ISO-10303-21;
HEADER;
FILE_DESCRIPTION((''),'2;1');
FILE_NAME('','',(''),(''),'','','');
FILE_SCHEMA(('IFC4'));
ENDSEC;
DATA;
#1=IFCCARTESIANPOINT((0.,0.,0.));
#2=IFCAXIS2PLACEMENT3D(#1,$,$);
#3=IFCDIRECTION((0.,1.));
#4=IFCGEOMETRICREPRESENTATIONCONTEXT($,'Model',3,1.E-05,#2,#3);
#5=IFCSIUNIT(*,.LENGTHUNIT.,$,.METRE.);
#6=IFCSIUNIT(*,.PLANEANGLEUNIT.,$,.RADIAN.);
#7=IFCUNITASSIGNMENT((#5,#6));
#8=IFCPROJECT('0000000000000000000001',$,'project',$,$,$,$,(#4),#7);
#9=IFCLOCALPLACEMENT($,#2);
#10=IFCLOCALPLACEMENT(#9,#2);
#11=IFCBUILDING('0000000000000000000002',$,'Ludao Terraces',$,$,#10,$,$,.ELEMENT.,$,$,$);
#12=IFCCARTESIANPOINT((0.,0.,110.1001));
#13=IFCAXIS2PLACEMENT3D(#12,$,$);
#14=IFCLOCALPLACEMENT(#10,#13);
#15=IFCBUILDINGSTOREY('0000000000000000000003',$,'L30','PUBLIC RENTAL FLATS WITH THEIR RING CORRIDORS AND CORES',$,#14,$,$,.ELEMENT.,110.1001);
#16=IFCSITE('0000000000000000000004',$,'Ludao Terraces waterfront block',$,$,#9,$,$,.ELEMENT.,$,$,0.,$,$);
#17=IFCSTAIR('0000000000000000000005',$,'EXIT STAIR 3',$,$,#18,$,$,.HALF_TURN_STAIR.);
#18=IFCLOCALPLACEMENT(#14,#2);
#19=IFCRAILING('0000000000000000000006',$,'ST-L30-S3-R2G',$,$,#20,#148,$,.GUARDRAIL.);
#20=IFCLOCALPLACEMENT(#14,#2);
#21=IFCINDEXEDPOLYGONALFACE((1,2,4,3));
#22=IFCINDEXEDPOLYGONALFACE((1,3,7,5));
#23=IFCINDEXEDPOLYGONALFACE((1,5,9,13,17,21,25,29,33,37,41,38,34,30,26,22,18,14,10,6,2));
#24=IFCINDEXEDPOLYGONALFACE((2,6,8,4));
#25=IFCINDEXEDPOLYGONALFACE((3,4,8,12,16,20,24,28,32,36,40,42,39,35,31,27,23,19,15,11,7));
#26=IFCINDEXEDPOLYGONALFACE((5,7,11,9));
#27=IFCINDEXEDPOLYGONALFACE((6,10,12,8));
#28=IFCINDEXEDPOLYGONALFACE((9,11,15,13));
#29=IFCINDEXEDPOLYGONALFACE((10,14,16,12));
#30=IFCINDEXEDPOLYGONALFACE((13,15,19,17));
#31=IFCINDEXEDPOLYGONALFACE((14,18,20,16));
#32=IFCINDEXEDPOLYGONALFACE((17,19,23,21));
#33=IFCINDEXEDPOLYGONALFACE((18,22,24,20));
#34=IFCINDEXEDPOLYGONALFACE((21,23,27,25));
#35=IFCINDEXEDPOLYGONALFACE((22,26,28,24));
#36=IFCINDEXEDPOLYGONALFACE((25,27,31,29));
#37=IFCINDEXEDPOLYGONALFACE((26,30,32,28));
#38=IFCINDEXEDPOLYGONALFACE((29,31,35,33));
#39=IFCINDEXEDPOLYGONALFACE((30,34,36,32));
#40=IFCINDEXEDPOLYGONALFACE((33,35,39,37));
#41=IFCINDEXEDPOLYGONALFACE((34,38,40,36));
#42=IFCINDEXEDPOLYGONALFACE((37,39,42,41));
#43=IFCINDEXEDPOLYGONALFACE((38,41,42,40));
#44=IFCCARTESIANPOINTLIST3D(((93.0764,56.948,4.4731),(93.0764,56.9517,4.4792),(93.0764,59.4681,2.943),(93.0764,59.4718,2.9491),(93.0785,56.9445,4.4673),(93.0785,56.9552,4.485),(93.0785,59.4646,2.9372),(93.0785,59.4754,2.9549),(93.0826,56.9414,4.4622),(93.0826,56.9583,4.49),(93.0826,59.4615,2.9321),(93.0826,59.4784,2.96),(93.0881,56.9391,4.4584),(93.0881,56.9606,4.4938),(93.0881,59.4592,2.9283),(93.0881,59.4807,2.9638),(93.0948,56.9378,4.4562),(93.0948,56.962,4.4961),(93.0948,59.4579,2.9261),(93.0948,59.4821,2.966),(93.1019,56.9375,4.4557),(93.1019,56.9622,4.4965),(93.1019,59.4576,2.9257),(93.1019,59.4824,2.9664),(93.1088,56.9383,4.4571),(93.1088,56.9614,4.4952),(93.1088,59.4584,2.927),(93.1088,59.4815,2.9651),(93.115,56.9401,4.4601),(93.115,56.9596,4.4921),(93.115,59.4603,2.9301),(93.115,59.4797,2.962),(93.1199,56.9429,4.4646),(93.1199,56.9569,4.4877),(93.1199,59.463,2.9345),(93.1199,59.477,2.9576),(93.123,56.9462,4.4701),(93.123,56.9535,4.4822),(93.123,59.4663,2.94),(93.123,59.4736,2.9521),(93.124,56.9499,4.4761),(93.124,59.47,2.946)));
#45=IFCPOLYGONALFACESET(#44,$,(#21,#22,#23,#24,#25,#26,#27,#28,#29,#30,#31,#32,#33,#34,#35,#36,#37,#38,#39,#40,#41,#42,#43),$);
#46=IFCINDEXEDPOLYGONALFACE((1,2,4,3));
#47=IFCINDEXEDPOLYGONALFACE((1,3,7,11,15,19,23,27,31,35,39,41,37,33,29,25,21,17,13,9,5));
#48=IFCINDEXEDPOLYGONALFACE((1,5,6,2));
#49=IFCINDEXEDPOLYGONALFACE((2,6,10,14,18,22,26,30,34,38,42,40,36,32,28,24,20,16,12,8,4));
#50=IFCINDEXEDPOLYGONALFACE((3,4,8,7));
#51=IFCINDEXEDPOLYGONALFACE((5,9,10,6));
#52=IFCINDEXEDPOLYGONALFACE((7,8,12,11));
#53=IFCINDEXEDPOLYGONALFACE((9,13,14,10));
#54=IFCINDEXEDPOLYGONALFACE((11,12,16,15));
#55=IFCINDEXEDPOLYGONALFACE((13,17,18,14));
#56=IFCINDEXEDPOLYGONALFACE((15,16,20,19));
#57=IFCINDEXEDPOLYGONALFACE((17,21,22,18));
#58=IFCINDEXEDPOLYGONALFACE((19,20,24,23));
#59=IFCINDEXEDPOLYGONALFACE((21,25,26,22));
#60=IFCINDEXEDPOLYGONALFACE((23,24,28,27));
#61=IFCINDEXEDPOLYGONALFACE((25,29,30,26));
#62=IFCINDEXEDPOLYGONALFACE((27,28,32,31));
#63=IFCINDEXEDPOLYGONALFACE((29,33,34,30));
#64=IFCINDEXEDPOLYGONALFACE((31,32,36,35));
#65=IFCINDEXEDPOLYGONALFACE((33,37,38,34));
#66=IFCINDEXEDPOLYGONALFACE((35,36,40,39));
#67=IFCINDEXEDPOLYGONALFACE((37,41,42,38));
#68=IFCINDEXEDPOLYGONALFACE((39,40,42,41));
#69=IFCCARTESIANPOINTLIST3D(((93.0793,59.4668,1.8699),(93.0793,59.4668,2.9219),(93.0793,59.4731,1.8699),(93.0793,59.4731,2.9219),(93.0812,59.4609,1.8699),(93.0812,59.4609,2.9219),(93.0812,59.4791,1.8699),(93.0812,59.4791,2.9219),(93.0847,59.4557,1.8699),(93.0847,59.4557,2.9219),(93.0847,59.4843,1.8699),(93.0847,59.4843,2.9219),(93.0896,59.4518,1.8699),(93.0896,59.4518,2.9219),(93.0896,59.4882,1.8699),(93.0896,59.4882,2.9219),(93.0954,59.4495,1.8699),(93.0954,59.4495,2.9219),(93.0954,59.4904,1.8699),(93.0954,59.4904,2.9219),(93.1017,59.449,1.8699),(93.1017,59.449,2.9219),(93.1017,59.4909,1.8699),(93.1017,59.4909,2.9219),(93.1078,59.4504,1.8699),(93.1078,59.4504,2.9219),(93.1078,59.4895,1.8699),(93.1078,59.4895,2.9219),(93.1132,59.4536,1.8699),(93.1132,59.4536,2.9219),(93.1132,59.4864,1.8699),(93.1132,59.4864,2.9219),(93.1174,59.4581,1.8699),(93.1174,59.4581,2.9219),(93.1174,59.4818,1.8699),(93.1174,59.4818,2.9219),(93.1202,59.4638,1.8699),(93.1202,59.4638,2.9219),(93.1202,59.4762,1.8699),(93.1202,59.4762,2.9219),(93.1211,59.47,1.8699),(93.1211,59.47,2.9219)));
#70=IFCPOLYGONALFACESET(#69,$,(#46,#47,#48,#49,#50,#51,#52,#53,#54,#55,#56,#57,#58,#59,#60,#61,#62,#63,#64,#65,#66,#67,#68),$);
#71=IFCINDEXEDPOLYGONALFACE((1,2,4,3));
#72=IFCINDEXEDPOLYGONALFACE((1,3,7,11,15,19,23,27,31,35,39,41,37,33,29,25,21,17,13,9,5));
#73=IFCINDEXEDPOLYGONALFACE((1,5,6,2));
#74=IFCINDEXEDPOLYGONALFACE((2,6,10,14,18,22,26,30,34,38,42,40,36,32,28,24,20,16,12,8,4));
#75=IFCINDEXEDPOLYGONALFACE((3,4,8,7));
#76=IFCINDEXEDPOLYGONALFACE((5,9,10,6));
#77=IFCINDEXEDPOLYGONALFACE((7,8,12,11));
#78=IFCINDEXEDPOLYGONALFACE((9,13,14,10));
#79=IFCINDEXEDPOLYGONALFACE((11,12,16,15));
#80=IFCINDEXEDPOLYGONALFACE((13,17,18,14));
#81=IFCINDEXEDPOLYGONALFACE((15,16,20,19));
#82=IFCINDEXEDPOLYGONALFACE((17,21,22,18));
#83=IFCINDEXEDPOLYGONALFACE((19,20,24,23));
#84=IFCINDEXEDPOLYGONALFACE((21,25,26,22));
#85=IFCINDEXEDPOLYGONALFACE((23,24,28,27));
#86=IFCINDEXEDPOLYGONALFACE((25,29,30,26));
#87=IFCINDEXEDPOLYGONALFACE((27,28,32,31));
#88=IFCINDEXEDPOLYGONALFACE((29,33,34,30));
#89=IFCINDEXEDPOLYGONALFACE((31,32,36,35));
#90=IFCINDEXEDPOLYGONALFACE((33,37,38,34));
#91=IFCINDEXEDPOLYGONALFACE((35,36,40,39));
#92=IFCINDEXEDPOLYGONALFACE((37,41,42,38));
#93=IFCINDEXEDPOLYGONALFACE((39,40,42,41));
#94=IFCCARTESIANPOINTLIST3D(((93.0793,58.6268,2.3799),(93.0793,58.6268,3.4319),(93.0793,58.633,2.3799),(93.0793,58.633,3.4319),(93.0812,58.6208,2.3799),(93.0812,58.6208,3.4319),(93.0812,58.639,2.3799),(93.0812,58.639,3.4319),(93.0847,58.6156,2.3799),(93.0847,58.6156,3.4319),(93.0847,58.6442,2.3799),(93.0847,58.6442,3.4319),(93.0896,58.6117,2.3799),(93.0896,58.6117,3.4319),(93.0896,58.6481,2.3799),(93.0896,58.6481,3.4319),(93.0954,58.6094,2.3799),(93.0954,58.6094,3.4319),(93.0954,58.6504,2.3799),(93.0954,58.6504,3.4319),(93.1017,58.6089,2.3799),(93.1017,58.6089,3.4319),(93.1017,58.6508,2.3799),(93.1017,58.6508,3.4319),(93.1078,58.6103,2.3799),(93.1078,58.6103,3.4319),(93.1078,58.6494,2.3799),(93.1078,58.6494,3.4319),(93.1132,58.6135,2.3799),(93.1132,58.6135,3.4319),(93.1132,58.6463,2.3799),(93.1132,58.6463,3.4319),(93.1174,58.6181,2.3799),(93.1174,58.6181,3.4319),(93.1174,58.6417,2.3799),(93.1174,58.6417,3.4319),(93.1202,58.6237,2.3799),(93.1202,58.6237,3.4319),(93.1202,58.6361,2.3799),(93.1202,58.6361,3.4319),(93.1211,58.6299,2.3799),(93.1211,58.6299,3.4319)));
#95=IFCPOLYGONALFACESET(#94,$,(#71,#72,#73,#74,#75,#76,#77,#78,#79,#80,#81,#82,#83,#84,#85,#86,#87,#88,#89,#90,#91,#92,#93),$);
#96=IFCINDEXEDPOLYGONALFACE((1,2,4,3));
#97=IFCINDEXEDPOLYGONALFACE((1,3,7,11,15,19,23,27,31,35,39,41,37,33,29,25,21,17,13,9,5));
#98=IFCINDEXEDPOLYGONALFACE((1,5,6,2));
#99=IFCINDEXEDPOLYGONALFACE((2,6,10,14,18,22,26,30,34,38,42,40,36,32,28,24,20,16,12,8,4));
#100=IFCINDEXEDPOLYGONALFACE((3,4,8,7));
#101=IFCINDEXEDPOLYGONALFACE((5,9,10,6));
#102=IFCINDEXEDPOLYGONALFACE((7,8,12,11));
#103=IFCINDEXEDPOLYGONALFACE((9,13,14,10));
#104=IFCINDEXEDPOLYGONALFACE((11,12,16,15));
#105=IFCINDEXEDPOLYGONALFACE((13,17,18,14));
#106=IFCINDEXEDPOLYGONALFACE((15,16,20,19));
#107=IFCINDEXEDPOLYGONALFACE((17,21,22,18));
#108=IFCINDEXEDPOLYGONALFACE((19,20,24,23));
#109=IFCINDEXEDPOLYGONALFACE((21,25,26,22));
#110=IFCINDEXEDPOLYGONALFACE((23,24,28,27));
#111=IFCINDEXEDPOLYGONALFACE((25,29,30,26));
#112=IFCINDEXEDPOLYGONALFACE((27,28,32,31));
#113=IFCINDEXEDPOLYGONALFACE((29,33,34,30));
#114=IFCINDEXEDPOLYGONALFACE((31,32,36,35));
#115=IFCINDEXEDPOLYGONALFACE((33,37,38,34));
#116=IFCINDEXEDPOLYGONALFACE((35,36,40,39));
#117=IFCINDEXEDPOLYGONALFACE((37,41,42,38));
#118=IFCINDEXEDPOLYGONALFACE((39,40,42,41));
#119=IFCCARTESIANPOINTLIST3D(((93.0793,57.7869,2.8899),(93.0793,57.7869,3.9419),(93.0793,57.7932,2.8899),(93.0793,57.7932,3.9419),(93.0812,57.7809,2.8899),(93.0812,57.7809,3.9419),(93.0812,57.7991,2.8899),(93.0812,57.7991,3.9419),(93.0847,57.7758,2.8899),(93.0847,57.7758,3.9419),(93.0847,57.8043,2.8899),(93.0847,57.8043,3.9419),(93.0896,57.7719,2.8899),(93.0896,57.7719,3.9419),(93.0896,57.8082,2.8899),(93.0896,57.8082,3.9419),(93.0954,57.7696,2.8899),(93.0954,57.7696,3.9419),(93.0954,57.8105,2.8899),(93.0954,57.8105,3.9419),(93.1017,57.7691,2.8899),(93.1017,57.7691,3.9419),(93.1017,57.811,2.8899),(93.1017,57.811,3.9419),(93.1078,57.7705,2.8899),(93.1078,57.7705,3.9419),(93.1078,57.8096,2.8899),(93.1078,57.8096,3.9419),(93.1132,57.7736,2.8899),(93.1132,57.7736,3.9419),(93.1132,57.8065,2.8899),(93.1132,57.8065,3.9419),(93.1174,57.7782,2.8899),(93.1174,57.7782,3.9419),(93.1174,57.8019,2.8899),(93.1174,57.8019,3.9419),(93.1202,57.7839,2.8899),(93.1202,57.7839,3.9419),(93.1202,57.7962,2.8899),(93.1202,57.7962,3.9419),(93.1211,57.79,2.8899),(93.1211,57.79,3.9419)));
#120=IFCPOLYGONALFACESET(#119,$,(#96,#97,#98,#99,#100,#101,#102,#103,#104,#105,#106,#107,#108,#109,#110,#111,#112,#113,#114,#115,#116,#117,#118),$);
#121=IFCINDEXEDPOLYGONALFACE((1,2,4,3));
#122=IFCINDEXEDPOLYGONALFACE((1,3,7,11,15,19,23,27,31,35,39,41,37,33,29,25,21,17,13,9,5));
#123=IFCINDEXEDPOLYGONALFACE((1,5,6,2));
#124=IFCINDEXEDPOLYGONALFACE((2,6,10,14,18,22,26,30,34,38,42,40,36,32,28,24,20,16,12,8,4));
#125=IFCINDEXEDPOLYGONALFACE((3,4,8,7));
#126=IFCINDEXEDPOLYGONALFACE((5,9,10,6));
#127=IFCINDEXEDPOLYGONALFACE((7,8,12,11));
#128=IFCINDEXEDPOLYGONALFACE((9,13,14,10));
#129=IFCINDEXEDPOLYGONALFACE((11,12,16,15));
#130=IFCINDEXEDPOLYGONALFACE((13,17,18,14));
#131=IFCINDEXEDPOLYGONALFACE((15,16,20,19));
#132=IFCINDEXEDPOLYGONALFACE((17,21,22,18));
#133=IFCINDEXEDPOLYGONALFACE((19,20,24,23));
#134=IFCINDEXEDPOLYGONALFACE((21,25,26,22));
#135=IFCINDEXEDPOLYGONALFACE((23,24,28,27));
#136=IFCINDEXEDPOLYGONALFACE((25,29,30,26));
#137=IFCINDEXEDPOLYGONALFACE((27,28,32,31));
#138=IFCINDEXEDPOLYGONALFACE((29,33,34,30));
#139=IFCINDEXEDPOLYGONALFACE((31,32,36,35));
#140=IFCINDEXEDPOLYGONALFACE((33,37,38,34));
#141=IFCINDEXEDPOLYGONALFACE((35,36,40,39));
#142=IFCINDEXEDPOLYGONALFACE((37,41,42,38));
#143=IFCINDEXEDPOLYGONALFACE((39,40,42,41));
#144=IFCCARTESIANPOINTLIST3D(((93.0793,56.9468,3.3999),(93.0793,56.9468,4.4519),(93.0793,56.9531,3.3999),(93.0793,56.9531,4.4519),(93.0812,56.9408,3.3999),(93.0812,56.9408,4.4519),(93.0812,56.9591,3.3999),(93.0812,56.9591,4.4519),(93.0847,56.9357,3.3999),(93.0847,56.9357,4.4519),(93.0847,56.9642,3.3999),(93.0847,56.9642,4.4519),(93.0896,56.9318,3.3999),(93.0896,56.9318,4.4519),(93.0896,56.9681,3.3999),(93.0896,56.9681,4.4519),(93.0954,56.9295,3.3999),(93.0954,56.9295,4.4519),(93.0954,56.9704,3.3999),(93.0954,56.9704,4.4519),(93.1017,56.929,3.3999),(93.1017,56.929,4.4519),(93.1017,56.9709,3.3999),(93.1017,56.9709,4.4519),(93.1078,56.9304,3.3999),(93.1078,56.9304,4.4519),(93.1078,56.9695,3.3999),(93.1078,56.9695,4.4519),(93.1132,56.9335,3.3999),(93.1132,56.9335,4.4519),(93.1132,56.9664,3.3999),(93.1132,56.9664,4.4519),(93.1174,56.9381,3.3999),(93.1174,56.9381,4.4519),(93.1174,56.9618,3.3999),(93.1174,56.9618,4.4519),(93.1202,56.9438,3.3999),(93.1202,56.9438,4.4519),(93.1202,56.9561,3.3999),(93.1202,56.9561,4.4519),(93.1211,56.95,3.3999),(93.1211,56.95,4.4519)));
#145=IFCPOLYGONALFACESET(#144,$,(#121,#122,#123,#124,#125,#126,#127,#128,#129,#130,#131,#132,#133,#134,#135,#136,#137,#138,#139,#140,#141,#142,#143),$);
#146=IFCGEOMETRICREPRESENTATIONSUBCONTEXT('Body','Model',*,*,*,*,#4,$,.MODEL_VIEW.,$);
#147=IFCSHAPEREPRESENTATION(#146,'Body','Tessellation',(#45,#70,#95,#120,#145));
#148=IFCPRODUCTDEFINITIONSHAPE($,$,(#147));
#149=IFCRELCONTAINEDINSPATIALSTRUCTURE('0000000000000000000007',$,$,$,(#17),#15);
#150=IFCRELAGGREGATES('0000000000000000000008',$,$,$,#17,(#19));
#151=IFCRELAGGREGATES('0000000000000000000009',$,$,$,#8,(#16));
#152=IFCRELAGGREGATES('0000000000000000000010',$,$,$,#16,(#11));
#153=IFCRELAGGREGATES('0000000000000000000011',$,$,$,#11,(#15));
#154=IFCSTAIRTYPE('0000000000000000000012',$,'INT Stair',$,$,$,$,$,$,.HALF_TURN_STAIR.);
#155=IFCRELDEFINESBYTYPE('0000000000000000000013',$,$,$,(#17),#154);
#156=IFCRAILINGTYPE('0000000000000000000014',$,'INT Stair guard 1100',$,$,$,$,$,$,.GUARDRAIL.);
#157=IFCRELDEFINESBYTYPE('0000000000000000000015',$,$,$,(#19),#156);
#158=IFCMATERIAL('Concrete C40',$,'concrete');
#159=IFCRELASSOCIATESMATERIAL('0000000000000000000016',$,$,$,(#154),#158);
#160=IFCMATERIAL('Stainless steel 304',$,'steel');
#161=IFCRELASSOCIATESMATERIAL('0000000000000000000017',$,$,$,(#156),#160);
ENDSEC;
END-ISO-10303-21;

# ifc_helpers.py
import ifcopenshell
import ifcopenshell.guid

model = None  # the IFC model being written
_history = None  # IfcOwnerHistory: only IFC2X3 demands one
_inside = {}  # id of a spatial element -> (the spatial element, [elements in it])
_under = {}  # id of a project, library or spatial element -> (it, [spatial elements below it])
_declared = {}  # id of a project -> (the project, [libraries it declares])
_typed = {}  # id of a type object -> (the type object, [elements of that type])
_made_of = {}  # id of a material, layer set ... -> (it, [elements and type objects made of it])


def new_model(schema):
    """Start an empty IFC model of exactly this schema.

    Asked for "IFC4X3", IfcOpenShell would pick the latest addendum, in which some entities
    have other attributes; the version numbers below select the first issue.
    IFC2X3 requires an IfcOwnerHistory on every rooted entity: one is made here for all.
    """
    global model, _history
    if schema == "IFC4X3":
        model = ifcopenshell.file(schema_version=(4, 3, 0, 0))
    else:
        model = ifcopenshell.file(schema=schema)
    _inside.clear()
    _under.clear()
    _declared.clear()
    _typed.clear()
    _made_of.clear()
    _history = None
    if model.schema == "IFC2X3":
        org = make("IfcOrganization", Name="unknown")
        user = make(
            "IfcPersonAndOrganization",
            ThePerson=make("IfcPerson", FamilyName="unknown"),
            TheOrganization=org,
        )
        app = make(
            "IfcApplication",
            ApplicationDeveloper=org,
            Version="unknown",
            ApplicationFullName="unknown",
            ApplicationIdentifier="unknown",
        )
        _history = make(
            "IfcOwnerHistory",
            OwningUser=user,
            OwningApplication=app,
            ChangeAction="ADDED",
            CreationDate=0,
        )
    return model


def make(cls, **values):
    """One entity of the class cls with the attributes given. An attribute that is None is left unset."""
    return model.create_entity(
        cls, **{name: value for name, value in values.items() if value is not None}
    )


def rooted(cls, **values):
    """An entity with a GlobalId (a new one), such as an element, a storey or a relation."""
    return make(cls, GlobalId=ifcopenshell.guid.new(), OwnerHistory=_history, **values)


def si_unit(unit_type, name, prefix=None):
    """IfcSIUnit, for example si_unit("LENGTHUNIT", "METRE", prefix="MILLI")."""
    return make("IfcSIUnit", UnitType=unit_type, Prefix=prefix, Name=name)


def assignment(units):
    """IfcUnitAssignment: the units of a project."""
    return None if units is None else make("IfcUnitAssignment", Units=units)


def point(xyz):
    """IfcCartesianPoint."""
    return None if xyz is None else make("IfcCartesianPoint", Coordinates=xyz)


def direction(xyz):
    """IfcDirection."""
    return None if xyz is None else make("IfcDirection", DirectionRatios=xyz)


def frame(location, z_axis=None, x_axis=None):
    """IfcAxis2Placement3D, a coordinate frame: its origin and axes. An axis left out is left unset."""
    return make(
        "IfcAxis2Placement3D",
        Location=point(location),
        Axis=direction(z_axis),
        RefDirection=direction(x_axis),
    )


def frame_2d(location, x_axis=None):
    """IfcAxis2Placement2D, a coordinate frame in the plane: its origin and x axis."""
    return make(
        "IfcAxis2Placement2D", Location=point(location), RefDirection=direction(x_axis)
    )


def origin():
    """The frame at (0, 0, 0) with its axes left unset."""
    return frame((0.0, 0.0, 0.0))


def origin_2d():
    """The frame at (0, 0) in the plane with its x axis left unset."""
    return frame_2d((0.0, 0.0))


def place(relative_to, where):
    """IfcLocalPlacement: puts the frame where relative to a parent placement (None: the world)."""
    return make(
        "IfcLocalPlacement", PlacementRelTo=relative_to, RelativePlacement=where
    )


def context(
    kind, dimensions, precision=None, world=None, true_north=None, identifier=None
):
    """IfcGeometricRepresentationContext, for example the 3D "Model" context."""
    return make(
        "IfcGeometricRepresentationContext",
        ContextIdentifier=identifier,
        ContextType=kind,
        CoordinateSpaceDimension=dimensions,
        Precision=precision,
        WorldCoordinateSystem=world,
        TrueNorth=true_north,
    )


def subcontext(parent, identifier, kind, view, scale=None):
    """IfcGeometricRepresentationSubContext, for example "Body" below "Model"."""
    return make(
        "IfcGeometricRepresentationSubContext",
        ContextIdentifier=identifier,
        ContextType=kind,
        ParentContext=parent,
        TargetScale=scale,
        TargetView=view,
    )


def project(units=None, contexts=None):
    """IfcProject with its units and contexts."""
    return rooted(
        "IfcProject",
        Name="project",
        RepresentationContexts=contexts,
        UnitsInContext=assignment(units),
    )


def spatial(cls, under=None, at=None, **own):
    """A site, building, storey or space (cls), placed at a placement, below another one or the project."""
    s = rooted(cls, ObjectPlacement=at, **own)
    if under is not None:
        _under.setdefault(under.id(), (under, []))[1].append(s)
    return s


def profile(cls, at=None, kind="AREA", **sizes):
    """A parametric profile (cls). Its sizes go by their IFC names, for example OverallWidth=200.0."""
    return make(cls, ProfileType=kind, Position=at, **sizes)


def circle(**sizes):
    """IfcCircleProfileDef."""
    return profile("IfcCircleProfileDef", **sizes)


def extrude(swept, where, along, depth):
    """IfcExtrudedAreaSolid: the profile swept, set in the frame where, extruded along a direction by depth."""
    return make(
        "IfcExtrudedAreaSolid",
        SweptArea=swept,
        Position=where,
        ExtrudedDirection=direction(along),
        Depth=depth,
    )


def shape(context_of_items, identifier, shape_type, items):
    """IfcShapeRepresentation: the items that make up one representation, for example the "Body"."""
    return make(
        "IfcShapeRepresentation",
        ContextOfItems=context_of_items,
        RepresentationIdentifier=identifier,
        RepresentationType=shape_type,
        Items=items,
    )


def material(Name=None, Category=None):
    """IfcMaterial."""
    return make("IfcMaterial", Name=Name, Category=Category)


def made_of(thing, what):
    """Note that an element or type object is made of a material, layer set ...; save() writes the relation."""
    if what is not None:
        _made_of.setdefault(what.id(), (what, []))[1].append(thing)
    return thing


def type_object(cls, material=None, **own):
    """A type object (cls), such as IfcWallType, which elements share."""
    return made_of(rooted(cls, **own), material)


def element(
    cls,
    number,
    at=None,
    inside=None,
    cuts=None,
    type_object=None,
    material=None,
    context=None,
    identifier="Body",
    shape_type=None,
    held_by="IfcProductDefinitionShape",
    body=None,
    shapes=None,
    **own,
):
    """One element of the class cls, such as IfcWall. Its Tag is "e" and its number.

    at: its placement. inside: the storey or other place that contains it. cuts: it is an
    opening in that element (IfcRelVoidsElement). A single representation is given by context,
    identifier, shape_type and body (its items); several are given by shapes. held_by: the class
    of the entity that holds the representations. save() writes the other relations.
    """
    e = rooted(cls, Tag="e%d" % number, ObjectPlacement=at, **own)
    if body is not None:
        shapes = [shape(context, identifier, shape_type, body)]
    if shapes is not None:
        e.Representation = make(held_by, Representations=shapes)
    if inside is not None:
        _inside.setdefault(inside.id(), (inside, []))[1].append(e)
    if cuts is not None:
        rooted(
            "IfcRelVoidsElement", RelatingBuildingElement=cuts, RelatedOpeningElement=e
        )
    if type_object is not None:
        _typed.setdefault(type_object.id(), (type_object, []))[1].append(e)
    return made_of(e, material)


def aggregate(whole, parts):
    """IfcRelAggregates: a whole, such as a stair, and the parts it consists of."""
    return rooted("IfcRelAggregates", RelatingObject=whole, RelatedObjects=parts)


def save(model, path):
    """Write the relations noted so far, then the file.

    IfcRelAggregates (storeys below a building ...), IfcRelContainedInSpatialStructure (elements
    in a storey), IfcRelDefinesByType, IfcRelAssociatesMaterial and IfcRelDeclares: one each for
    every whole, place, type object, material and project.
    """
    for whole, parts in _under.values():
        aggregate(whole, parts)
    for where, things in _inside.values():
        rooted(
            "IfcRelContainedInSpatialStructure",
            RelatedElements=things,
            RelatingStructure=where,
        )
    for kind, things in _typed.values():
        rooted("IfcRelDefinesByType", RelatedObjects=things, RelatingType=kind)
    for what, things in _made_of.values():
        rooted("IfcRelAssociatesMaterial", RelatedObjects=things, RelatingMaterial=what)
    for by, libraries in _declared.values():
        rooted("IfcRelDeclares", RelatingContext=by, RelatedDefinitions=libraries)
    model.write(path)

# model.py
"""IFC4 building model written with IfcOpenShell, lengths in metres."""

from ifc_helpers import new_model, si_unit, direction, frame, origin, origin_2d, place, context, subcontext, project, spatial, circle, extrude, material, type_object, element, aggregate, save


model = new_model("IFC4")

# Units and contexts
model_context = context("Model", 3, precision=1e-05, world=origin(), true_north=direction((0.0, 1.0)))
body_context = subcontext(model_context, "Body", "Model", "MODEL_VIEW")
ifc_project = project(units=[si_unit("LENGTHUNIT", "METRE"), si_unit("PLANEANGLEUNIT", "RADIAN")], contexts=[model_context])

# Site, building, storey
site_placement = place(None, origin())
site = spatial("IfcSite", under=ifc_project, at=site_placement, Name="Ludao Terraces waterfront block", CompositionType="ELEMENT", RefElevation=0.0)
building_placement = place(site_placement, origin())
building = spatial("IfcBuilding", under=site, at=building_placement, Name="Ludao Terraces", CompositionType="ELEMENT")
storey_placement = place(building_placement, frame((0.0, 0.0, 110.1001)))
storey = spatial("IfcBuildingStorey", under=building, at=storey_placement, Name="L30", Description="PUBLIC RENTAL FLATS WITH THEIR RING CORRIDORS AND CORES", CompositionType="ELEMENT", Elevation=110.1001)

# Shared definitions
ifc_material_1 = material(Name="Concrete C40", Category="concrete")

# Stair, railing
stair_type = type_object("IfcStairType", Name="INT Stair", PredefinedType="HALF_TURN_STAIR", material=ifc_material_1)
stair_placement = place(storey_placement, origin())
stair = element("IfcStair", 1, at=stair_placement, inside=storey, type_object=stair_type, Name="EXIT STAIR 3", PredefinedType="HALF_TURN_STAIR")
ifc_material_2 = material(Name="Stainless steel 304", Category="steel")
railing_type_1 = type_object("IfcRailingType", Name="INT Stair guard 1100", PredefinedType="GUARDRAIL", material=ifc_material_2)
railing_1_placement = place(storey_placement, frame((93.1001, 59.47, 1.8699)))
railing_1 = element("IfcRailing", 2, at=railing_1_placement, type_object=railing_type_1, Name="ST-L30-S3-R2G", PredefinedType="GUARDRAIL", context=body_context, shape_type="SweptSolid", body=[
    extrude(circle(Radius=0.0239, at=origin_2d()), frame((0.0, 0.0, 1.0762), z_axis=(0.0, -0.854785, 0.518982), x_axis=(1.0, 0.0, 0.0)), (0.0, 0.0, 1.0), 2.9482),
    extrude(circle(Radius=0.021, at=origin_2d()), origin(), (0.0, 0.0, 1.0), 1.052),
    extrude(circle(Radius=0.021, at=origin_2d()), frame((0.0, -0.8401, 0.51)), (0.0, 0.0, 1.0), 1.052),
    extrude(circle(Radius=0.021, at=origin_2d()), frame((0.0, -1.6799, 1.02)), (0.0, 0.0, 1.0), 1.052),
    extrude(circle(Radius=0.021, at=origin_2d()), frame((0.0, -2.52, 1.53)), (0.0, 0.0, 1.0), 1.052),
])
aggregate(stair, [railing_1])

save(model, "model.ifc")
